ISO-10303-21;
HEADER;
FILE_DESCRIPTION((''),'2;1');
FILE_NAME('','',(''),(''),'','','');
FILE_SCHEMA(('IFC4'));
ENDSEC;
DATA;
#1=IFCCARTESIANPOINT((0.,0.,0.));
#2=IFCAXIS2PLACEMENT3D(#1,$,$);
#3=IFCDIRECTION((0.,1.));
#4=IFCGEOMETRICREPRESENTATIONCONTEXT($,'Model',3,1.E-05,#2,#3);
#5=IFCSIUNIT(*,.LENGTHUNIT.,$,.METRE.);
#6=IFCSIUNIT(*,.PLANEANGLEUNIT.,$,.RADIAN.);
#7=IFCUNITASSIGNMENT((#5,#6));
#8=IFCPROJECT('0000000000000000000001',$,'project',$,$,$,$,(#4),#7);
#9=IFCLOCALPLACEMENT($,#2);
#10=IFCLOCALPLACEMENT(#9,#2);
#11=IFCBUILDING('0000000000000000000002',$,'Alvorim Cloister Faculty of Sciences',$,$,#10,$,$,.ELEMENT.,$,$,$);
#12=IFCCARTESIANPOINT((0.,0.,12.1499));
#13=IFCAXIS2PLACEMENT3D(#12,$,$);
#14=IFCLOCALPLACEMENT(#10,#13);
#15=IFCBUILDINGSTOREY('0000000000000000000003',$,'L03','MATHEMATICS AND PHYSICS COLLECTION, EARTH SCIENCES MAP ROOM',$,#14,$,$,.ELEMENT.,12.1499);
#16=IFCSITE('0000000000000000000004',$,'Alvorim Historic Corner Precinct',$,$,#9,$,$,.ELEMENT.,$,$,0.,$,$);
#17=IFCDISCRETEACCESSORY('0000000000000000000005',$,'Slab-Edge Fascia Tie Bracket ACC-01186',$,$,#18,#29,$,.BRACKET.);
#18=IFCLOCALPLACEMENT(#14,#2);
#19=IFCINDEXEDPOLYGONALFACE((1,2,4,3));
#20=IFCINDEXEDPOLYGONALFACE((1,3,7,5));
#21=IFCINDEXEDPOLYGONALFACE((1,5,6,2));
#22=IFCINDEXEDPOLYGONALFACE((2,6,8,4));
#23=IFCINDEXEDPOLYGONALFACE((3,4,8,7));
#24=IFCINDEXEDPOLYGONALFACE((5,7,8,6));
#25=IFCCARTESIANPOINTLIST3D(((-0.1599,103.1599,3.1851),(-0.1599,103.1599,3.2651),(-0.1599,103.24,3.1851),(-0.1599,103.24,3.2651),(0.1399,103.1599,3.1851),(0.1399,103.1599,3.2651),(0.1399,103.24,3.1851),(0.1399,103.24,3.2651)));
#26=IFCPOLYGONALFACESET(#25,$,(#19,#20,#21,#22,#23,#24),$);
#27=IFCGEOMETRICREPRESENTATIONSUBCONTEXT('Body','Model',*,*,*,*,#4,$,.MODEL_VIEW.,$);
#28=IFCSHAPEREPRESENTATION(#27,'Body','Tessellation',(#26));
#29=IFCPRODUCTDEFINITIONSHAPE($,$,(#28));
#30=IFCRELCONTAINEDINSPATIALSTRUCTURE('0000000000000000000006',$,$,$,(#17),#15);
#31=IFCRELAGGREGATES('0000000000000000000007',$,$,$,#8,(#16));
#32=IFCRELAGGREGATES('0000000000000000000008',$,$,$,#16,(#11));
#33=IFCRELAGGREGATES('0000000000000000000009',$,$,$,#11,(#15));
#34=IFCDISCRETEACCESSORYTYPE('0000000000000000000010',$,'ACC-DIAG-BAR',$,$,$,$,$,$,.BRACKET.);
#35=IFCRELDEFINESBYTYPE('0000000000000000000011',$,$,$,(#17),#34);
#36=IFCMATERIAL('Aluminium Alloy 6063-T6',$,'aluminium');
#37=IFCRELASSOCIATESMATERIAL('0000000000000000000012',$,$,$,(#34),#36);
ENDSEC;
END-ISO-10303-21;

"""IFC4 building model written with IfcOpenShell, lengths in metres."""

from ifc_helpers import new_model, si_unit, direction, frame, origin, origin_2d, place, context, subcontext, project, spatial, rectangle, extrude, material, type_object, element, save


model = new_model("IFC4")

# Units and contexts
model_context = context("Model", 3, precision=1e-05, world=origin(), true_north=direction((0.0, 1.0)))
body_context = subcontext(model_context, "Body", "Model", "MODEL_VIEW")
ifc_project = project(units=[si_unit("LENGTHUNIT", "METRE"), si_unit("PLANEANGLEUNIT", "RADIAN")], contexts=[model_context])

# Site, building, storey
site_placement = place(None, origin())
site = spatial("IfcSite", under=ifc_project, at=site_placement, Name="Alvorim Historic Corner Precinct", CompositionType="ELEMENT", RefElevation=0.0)
building_placement = place(site_placement, origin())
building = spatial("IfcBuilding", under=site, at=building_placement, Name="Alvorim Cloister Faculty of Sciences", CompositionType="ELEMENT")
storey_placement = place(building_placement, frame((0.0, 0.0, 12.1499)))
storey = spatial("IfcBuildingStorey", under=building, at=storey_placement, Name="L03", Description="MATHEMATICS AND PHYSICS COLLECTION, EARTH SCIENCES MAP ROOM", CompositionType="ELEMENT", Elevation=12.1499)

# Shared definitions
ifc_material_1 = material(Name="Aluminium Alloy 6063-T6", Category="aluminium")

# Discrete accessory
discrete_accessory_type = type_object("IfcDiscreteAccessoryType", Name="ACC-DIAG-BAR", PredefinedType="BRACKET", material=ifc_material_1)
discrete_accessory_placement = place(storey_placement, frame((0.1399, 103.2, 3.2251), z_axis=(-1.0, 0.0, 0.0), x_axis=(0.0, -1.0, 0.0)))
element("IfcDiscreteAccessory", 1, at=discrete_accessory_placement, inside=storey, type_object=discrete_accessory_type, Name="Slab-Edge Fascia Tie Bracket ACC-01186", PredefinedType="BRACKET", context=body_context, shape_type="SweptSolid", body=[
    extrude(rectangle(XDim=0.0801, YDim=0.0801, at=origin_2d()), origin(), (0.0, 0.0, 1.0), 0.2998),
])

save(model, "model.ifc")
